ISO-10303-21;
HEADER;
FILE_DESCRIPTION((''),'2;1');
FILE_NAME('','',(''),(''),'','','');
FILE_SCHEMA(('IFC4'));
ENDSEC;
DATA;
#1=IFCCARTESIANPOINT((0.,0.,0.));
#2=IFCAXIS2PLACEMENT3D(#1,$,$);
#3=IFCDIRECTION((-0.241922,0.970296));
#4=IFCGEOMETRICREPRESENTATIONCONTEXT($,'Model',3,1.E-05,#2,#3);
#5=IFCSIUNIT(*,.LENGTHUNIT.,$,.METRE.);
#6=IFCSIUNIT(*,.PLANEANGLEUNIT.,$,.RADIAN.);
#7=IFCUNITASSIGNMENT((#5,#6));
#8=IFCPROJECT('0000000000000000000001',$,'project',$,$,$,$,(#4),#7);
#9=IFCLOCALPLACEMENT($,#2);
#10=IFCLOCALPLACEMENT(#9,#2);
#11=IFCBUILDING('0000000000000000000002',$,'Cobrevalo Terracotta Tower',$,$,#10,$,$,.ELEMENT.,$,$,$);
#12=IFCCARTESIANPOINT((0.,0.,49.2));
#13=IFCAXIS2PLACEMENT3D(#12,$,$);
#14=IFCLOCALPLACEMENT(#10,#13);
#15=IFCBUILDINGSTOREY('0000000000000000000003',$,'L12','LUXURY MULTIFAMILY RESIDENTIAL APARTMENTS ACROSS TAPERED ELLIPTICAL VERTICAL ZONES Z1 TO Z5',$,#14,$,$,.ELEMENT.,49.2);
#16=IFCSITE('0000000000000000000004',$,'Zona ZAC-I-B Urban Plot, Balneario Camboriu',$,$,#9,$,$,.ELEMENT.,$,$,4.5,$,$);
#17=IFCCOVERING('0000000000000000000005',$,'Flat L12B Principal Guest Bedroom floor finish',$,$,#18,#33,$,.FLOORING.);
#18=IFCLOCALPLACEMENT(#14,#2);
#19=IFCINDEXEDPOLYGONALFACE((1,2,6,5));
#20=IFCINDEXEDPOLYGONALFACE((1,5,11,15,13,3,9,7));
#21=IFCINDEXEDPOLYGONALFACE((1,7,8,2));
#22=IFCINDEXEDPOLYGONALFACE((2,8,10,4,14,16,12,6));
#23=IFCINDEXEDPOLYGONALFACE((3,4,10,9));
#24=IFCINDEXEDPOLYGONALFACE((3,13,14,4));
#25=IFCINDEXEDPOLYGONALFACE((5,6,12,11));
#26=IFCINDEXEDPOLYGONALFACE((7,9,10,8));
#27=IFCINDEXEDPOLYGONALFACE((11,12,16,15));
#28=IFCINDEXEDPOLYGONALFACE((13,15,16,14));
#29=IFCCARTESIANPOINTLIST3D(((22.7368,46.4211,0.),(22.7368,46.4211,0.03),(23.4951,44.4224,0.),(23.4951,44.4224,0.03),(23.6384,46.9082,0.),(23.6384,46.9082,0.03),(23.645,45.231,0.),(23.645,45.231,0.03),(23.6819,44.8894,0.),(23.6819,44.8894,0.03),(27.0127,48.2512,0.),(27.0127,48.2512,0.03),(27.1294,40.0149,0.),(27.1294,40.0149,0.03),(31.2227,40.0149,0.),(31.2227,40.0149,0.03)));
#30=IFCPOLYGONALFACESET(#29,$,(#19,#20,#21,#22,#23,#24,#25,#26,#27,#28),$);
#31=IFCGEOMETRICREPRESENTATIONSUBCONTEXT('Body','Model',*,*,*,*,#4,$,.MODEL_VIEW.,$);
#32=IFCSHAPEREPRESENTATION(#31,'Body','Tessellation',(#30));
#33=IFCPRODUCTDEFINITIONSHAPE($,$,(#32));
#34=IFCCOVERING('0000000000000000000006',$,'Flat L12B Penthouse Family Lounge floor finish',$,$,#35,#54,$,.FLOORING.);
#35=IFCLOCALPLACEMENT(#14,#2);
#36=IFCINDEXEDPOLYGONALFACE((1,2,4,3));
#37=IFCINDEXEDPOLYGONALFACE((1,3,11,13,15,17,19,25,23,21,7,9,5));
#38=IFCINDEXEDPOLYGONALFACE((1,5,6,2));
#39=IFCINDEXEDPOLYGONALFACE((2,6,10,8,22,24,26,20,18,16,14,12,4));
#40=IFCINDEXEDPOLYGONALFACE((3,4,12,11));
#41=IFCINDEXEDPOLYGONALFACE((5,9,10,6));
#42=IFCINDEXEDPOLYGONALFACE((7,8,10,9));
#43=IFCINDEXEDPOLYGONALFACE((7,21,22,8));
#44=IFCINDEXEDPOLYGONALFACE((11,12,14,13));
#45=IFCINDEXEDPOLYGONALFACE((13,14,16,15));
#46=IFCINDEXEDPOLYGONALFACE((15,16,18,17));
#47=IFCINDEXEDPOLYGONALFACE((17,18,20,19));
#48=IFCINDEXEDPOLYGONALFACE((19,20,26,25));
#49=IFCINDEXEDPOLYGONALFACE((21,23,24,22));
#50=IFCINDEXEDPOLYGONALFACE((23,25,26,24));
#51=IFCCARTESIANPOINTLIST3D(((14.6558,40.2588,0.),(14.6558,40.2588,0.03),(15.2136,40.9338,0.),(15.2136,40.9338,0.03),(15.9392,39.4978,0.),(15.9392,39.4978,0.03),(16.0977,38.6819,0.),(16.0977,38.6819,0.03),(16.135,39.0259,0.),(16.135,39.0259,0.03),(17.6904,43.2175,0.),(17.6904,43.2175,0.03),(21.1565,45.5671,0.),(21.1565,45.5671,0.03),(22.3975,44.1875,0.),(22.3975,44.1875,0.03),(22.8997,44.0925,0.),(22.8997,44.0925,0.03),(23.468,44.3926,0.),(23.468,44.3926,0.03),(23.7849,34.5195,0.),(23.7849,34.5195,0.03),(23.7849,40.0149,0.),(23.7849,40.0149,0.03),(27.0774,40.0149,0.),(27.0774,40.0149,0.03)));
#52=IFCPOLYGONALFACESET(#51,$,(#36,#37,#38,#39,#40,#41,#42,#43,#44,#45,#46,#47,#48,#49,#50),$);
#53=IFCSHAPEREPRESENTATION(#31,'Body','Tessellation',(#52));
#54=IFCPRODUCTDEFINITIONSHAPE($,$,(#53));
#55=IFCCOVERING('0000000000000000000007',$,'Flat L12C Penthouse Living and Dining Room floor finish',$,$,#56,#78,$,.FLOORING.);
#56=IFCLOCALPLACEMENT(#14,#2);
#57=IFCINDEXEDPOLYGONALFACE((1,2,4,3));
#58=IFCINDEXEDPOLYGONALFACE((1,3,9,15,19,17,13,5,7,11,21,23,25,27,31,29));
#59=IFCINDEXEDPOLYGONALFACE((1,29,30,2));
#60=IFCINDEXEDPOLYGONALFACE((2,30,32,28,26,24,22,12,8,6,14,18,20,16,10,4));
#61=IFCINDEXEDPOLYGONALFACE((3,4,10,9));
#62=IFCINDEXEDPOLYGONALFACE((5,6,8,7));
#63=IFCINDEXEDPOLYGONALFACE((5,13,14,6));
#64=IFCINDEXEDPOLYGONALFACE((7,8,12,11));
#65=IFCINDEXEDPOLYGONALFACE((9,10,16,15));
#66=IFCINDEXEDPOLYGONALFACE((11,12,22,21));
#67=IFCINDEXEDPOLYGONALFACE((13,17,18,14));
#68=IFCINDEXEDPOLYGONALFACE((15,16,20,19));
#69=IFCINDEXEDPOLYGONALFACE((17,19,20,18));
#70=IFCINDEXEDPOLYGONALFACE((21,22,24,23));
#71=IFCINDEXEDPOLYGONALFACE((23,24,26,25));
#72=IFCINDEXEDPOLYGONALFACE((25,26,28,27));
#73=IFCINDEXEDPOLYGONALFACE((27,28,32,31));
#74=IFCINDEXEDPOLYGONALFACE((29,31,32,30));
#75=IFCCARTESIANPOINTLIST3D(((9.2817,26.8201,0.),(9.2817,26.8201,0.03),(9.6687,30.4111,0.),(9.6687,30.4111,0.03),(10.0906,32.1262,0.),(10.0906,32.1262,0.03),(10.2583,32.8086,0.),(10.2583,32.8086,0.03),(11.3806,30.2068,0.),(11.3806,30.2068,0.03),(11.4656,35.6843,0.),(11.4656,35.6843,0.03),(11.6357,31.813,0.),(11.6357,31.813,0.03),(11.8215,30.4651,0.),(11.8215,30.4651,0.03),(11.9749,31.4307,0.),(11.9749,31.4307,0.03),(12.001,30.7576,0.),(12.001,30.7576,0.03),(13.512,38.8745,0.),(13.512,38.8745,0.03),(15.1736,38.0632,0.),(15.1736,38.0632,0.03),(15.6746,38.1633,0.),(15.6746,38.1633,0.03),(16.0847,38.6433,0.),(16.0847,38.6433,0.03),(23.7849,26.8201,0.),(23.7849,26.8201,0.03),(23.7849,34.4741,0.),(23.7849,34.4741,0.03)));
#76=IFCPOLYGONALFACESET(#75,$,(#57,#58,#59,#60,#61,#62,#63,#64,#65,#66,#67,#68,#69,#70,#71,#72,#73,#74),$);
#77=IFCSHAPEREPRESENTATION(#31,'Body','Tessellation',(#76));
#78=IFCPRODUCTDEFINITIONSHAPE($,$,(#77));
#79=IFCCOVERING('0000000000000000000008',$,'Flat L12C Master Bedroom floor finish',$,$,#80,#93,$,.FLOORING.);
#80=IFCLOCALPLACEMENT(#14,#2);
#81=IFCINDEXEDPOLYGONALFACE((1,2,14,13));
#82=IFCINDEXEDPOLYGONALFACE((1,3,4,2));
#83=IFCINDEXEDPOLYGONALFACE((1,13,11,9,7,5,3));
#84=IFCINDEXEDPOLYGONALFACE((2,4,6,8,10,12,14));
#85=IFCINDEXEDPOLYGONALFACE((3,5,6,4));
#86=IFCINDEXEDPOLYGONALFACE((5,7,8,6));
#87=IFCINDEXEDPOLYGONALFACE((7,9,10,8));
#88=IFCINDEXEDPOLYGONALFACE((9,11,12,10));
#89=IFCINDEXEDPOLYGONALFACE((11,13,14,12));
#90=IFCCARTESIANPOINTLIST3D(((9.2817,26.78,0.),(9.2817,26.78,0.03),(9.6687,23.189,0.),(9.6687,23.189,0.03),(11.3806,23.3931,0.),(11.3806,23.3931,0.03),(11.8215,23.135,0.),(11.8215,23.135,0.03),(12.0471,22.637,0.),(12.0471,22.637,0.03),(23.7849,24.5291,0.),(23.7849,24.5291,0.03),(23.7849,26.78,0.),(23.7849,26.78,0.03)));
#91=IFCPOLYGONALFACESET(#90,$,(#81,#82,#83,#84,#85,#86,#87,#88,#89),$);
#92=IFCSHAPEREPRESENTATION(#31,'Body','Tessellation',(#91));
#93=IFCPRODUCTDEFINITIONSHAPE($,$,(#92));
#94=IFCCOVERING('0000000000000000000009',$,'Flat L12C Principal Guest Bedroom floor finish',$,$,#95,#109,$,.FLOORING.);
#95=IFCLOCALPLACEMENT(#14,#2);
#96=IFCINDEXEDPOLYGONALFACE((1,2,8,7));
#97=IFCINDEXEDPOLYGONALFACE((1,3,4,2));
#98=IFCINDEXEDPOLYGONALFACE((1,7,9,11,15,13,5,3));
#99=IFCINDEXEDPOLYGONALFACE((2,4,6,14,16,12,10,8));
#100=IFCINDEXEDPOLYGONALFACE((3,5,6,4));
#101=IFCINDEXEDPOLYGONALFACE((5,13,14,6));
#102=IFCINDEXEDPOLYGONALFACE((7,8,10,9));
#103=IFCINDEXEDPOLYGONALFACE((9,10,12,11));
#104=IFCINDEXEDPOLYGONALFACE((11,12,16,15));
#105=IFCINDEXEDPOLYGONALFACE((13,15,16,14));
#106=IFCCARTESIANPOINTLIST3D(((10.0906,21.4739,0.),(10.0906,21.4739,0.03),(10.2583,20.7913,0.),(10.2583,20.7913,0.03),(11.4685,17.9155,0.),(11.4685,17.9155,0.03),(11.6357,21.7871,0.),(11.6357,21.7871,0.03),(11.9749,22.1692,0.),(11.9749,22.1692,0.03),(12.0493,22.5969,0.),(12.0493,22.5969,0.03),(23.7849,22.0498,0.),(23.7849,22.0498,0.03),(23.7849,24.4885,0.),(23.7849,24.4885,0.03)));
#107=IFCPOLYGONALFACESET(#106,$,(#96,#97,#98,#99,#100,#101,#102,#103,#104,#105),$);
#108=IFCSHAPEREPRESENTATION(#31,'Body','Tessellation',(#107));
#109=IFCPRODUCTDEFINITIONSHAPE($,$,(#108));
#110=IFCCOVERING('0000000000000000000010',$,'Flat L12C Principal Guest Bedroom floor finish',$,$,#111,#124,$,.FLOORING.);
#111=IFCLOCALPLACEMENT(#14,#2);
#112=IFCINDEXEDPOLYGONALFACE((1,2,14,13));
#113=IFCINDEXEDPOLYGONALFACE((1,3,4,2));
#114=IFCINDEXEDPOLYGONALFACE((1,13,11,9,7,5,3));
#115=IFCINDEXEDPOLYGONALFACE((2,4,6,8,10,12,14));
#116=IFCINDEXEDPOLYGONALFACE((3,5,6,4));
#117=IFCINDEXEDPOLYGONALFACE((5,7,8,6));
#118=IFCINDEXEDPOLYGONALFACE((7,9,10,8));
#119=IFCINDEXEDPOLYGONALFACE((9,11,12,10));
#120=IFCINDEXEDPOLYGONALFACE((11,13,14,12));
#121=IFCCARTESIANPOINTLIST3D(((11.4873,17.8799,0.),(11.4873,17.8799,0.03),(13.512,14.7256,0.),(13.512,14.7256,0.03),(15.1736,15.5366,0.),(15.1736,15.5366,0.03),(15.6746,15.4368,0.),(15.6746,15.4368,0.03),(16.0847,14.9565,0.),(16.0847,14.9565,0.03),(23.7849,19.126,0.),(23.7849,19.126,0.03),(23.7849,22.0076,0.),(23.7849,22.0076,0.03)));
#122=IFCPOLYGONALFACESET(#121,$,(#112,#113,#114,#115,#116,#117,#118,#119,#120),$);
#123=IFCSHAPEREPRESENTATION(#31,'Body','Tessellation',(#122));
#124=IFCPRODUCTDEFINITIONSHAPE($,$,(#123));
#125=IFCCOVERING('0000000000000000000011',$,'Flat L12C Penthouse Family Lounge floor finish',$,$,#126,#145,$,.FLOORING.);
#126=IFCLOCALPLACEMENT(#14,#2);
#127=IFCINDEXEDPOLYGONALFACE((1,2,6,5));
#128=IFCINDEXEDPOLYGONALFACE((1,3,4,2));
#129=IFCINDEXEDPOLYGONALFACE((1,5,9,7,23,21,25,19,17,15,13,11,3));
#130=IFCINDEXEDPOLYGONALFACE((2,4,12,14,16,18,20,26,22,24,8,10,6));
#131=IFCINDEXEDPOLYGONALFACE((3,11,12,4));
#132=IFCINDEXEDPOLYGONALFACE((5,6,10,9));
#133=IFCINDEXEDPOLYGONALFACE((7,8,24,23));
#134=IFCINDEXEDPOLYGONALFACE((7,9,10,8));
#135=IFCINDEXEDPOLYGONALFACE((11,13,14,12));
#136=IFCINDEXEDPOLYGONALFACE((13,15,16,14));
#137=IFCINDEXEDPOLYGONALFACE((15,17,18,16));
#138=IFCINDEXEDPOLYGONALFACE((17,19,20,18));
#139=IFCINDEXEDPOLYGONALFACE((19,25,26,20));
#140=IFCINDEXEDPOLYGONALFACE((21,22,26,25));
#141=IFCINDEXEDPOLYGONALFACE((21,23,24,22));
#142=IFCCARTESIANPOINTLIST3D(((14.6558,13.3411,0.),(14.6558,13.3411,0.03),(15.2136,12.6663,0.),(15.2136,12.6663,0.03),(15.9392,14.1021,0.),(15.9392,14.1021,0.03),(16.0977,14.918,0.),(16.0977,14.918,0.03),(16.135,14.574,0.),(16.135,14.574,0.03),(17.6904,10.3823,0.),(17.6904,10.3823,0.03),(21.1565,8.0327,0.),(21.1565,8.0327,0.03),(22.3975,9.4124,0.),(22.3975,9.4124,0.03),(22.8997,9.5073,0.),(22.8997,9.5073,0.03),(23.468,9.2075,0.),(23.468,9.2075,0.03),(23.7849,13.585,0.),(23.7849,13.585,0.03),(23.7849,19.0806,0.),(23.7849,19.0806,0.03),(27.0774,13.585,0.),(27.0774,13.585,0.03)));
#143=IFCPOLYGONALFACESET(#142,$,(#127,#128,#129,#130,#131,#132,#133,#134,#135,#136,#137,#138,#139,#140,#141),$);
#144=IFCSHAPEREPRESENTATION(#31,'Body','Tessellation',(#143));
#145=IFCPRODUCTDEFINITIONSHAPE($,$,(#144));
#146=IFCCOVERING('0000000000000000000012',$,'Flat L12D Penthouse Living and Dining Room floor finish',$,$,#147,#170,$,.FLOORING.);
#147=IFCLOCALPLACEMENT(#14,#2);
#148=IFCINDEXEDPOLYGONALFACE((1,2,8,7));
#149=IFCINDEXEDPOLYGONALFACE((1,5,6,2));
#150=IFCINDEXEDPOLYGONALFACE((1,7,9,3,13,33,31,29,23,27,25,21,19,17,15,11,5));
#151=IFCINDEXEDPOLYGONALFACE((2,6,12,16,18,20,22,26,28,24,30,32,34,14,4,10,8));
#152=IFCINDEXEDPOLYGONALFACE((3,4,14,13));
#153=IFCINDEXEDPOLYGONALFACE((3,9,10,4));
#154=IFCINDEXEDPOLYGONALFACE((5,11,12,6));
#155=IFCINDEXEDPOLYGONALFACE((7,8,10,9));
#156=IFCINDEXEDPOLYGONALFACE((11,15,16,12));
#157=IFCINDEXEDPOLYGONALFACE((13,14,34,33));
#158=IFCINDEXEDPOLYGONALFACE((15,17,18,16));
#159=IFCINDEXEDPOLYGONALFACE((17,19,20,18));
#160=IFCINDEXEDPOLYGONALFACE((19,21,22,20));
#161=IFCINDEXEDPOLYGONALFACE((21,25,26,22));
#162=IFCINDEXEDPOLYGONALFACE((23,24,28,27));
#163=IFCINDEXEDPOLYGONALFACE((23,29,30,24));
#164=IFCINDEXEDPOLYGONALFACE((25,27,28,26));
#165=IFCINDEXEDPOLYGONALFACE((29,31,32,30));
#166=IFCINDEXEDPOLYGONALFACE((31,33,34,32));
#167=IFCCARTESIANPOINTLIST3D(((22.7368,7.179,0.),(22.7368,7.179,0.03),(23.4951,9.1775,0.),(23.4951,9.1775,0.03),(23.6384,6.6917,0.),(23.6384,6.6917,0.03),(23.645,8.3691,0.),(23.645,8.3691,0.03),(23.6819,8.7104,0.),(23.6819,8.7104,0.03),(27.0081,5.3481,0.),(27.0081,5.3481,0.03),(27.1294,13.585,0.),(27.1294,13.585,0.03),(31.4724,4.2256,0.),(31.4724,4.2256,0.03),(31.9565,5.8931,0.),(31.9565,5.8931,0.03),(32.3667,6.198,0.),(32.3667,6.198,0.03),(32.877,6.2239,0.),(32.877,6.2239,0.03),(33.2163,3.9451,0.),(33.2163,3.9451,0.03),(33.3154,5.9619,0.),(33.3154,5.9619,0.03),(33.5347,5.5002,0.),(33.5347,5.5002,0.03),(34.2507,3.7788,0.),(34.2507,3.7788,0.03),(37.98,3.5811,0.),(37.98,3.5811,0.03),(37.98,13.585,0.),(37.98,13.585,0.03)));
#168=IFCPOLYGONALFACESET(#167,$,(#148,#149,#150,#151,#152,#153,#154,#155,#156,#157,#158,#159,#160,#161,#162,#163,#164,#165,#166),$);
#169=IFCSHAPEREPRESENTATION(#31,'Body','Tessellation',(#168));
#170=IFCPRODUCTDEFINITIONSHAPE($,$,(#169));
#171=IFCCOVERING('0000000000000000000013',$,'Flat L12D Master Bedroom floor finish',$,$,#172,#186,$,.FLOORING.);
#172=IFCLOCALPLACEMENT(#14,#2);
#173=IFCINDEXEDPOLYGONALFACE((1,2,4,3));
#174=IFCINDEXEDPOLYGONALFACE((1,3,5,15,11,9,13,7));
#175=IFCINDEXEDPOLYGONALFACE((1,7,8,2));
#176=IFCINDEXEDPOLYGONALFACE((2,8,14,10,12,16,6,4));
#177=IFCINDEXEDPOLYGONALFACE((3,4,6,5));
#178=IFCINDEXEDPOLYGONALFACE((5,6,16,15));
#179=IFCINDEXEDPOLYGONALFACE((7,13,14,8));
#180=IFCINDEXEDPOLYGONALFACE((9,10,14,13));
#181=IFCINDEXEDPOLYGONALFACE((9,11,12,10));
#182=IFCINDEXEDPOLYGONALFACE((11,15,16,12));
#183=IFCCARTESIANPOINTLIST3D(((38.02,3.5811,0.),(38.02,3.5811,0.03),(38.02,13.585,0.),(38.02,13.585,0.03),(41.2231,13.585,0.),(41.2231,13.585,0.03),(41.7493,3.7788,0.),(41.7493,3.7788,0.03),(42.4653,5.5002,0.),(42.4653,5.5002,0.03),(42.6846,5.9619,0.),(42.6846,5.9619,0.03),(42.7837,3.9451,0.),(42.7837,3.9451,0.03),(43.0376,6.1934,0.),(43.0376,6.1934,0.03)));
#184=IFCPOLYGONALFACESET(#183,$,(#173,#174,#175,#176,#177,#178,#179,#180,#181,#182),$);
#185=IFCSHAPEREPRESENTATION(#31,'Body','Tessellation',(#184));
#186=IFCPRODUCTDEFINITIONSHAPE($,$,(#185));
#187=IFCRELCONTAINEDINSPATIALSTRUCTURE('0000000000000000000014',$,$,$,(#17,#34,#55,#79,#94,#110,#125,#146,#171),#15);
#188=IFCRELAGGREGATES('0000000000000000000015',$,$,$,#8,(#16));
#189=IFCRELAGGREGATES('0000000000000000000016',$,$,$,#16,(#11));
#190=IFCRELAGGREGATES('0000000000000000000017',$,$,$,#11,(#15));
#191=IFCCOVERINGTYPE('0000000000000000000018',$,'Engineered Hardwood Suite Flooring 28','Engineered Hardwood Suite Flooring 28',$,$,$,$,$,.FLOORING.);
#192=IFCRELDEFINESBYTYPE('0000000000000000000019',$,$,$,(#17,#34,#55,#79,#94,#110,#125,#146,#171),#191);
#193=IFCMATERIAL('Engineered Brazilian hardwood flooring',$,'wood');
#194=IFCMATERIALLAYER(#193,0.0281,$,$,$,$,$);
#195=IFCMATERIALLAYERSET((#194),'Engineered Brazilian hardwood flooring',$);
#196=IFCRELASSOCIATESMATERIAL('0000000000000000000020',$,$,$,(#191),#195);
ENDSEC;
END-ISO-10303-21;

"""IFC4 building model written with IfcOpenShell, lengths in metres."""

from ifc_helpers import new_model, si_unit, direction, frame, origin, place, context, subcontext, project, spatial, polyline, outline, extrude, material, layer, layer_set, type_object, element, save


model = new_model("IFC4")

# Units and contexts
model_context = context("Model", 3, precision=1e-05, world=origin(), true_north=direction((-0.241922, 0.970296)))
body_context = subcontext(model_context, "Body", "Model", "MODEL_VIEW")
ifc_project = project(units=[si_unit("LENGTHUNIT", "METRE"), si_unit("PLANEANGLEUNIT", "RADIAN")], contexts=[model_context])

# Site, building, storey
site_placement = place(None, origin())
site = spatial("IfcSite", under=ifc_project, at=site_placement, Name="Zona ZAC-I-B Urban Plot, Balneario Camboriu", CompositionType="ELEMENT", RefElevation=4.5)
building_placement = place(site_placement, origin())
building = spatial("IfcBuilding", under=site, at=building_placement, Name="Cobrevalo Terracotta Tower", CompositionType="ELEMENT")
storey_placement = place(building_placement, frame((0.0, 0.0, 49.2)))
storey = spatial("IfcBuildingStorey", under=building, at=storey_placement, Name="L12", Description="LUXURY MULTIFAMILY RESIDENTIAL APARTMENTS ACROSS TAPERED ELLIPTICAL VERTICAL ZONES Z1 TO Z5", CompositionType="ELEMENT", Elevation=49.2)

# Coverings
ifc_material_1 = material(Name="Engineered Brazilian hardwood flooring", Category="wood")
ifc_layer_1 = layer(ifc_material_1, 0.0281)
ifc_layer_set_1 = layer_set([ifc_layer_1], Name="Engineered Brazilian hardwood flooring")
covering_type_1 = type_object("IfcCoveringType", Name="Engineered Hardwood Suite Flooring 28", Description="Engineered Hardwood Suite Flooring 28", PredefinedType="FLOORING", material=ifc_layer_set_1)
covering_1_placement = place(storey_placement, origin())
element("IfcCovering", 1, at=covering_1_placement, inside=storey, type_object=covering_type_1, Name="Flat L12B Principal Guest Bedroom floor finish", PredefinedType="FLOORING", context=body_context, shape_type="SweptSolid", body=[
    extrude(outline(polyline([(23.4951, 44.4224), (23.6819, 44.8894), (23.645, 45.231), (22.7368, 46.4211), (23.6384, 46.9082), (27.0127, 48.2512), (31.2227, 40.0149), (27.1294, 40.0149), (23.4951, 44.4224)])), origin(), (0.0, 0.0, 1.0), 0.03),
])
covering_2_placement = place(storey_placement, origin())
element("IfcCovering", 2, at=covering_2_placement, inside=storey, type_object=covering_type_1, Name="Flat L12B Penthouse Family Lounge floor finish", PredefinedType="FLOORING", context=body_context, shape_type="SweptSolid", body=[
    extrude(outline(polyline([(21.1565, 45.5671), (22.3975, 44.1875), (22.8997, 44.0925), (23.468, 44.3926), (27.0774, 40.0149), (23.7849, 40.0149), (23.7849, 34.5195), (16.0977, 38.6819), (16.135, 39.0259), (15.9392, 39.4978), (14.6558, 40.2588), (15.2136, 40.9338), (17.6904, 43.2175), (21.1565, 45.5671)])), origin(), (0.0, 0.0, 1.0), 0.03),
])
covering_3_placement = place(storey_placement, origin())
element("IfcCovering", 3, at=covering_3_placement, inside=storey, type_object=covering_type_1, Name="Flat L12C Penthouse Living and Dining Room floor finish", PredefinedType="FLOORING", context=body_context, shape_type="SweptSolid", body=[
    extrude(outline(polyline([(9.6687, 30.4111), (11.3806, 30.2068), (11.8215, 30.4651), (12.001, 30.7576), (11.9749, 31.4307), (11.6357, 31.813), (10.0906, 32.1262), (10.2583, 32.8086), (11.4656, 35.6843), (13.512, 38.8745), (15.1736, 38.0632), (15.6746, 38.1633), (16.0847, 38.6433), (23.7849, 34.4741), (23.7849, 26.8201), (9.2817, 26.8201), (9.6687, 30.4111)])), origin(), (0.0, 0.0, 1.0), 0.03),
])
covering_4_placement = place(storey_placement, origin())
element("IfcCovering", 4, at=covering_4_placement, inside=storey, type_object=covering_type_1, Name="Flat L12C Master Bedroom floor finish", PredefinedType="FLOORING", context=body_context, shape_type="SweptSolid", body=[
    extrude(outline(polyline([(9.2817, 26.78), (23.7849, 26.78), (23.7849, 24.5291), (12.0471, 22.637), (11.8215, 23.135), (11.3806, 23.3931), (9.6687, 23.189), (9.2817, 26.78)])), origin(), (0.0, 0.0, 1.0), 0.03),
])
covering_5_placement = place(storey_placement, origin())
element("IfcCovering", 5, at=covering_5_placement, inside=storey, type_object=covering_type_1, Name="Flat L12C Principal Guest Bedroom floor finish", PredefinedType="FLOORING", context=body_context, shape_type="SweptSolid", body=[
    extrude(outline(polyline([(10.2583, 20.7913), (10.0906, 21.4739), (11.6357, 21.7871), (11.9749, 22.1692), (12.0493, 22.5969), (23.7849, 24.4885), (23.7849, 22.0498), (11.4685, 17.9155), (10.2583, 20.7913)])), origin(), (0.0, 0.0, 1.0), 0.03),
])
covering_6_placement = place(storey_placement, origin())
element("IfcCovering", 6, at=covering_6_placement, inside=storey, type_object=covering_type_1, Name="Flat L12C Principal Guest Bedroom floor finish", PredefinedType="FLOORING", context=body_context, shape_type="SweptSolid", body=[
    extrude(outline(polyline([(11.4873, 17.8799), (23.7849, 22.0076), (23.7849, 19.126), (16.0847, 14.9565), (15.6746, 15.4368), (15.1736, 15.5366), (13.512, 14.7256), (11.4873, 17.8799)])), origin(), (0.0, 0.0, 1.0), 0.03),
])
covering_7_placement = place(storey_placement, origin())
element("IfcCovering", 7, at=covering_7_placement, inside=storey, type_object=covering_type_1, Name="Flat L12C Penthouse Family Lounge floor finish", PredefinedType="FLOORING", context=body_context, shape_type="SweptSolid", body=[
    extrude(outline(polyline([(14.6558, 13.3411), (15.9392, 14.1021), (16.135, 14.574), (16.0977, 14.918), (23.7849, 19.0806), (23.7849, 13.585), (27.0774, 13.585), (23.468, 9.2075), (22.8997, 9.5073), (22.3975, 9.4124), (21.1565, 8.0327), (17.6904, 10.3823), (15.2136, 12.6663), (14.6558, 13.3411)])), origin(), (0.0, 0.0, 1.0), 0.03),
])
covering_8_placement = place(storey_placement, origin())
element("IfcCovering", 8, at=covering_8_placement, inside=storey, type_object=covering_type_1, Name="Flat L12D Penthouse Living and Dining Room floor finish", PredefinedType="FLOORING", context=body_context, shape_type="SweptSolid", body=[
    extrude(outline(polyline([(23.4951, 9.1775), (27.1294, 13.585), (37.98, 13.585), (37.98, 3.5811), (34.2507, 3.7788), (33.2163, 3.9451), (33.5347, 5.5002), (33.3154, 5.9619), (32.877, 6.2239), (32.3667, 6.198), (31.9565, 5.8931), (31.4724, 4.2256), (27.0081, 5.3481), (23.6384, 6.6917), (22.7368, 7.179), (23.645, 8.3691), (23.6819, 8.7104), (23.4951, 9.1775)])), origin(), (0.0, 0.0, 1.0), 0.03),
])
covering_9_placement = place(storey_placement, origin())
element("IfcCovering", 9, at=covering_9_placement, inside=storey, type_object=covering_type_1, Name="Flat L12D Master Bedroom floor finish", PredefinedType="FLOORING", context=body_context, shape_type="SweptSolid", body=[
    extrude(outline(polyline([(38.02, 3.5811), (38.02, 13.585), (41.2231, 13.585), (43.0376, 6.1934), (42.6846, 5.9619), (42.4653, 5.5002), (42.7837, 3.9451), (41.7493, 3.7788), (38.02, 3.5811)])), origin(), (0.0, 0.0, 1.0), 0.03),
])

save(model, "model.ifc")
